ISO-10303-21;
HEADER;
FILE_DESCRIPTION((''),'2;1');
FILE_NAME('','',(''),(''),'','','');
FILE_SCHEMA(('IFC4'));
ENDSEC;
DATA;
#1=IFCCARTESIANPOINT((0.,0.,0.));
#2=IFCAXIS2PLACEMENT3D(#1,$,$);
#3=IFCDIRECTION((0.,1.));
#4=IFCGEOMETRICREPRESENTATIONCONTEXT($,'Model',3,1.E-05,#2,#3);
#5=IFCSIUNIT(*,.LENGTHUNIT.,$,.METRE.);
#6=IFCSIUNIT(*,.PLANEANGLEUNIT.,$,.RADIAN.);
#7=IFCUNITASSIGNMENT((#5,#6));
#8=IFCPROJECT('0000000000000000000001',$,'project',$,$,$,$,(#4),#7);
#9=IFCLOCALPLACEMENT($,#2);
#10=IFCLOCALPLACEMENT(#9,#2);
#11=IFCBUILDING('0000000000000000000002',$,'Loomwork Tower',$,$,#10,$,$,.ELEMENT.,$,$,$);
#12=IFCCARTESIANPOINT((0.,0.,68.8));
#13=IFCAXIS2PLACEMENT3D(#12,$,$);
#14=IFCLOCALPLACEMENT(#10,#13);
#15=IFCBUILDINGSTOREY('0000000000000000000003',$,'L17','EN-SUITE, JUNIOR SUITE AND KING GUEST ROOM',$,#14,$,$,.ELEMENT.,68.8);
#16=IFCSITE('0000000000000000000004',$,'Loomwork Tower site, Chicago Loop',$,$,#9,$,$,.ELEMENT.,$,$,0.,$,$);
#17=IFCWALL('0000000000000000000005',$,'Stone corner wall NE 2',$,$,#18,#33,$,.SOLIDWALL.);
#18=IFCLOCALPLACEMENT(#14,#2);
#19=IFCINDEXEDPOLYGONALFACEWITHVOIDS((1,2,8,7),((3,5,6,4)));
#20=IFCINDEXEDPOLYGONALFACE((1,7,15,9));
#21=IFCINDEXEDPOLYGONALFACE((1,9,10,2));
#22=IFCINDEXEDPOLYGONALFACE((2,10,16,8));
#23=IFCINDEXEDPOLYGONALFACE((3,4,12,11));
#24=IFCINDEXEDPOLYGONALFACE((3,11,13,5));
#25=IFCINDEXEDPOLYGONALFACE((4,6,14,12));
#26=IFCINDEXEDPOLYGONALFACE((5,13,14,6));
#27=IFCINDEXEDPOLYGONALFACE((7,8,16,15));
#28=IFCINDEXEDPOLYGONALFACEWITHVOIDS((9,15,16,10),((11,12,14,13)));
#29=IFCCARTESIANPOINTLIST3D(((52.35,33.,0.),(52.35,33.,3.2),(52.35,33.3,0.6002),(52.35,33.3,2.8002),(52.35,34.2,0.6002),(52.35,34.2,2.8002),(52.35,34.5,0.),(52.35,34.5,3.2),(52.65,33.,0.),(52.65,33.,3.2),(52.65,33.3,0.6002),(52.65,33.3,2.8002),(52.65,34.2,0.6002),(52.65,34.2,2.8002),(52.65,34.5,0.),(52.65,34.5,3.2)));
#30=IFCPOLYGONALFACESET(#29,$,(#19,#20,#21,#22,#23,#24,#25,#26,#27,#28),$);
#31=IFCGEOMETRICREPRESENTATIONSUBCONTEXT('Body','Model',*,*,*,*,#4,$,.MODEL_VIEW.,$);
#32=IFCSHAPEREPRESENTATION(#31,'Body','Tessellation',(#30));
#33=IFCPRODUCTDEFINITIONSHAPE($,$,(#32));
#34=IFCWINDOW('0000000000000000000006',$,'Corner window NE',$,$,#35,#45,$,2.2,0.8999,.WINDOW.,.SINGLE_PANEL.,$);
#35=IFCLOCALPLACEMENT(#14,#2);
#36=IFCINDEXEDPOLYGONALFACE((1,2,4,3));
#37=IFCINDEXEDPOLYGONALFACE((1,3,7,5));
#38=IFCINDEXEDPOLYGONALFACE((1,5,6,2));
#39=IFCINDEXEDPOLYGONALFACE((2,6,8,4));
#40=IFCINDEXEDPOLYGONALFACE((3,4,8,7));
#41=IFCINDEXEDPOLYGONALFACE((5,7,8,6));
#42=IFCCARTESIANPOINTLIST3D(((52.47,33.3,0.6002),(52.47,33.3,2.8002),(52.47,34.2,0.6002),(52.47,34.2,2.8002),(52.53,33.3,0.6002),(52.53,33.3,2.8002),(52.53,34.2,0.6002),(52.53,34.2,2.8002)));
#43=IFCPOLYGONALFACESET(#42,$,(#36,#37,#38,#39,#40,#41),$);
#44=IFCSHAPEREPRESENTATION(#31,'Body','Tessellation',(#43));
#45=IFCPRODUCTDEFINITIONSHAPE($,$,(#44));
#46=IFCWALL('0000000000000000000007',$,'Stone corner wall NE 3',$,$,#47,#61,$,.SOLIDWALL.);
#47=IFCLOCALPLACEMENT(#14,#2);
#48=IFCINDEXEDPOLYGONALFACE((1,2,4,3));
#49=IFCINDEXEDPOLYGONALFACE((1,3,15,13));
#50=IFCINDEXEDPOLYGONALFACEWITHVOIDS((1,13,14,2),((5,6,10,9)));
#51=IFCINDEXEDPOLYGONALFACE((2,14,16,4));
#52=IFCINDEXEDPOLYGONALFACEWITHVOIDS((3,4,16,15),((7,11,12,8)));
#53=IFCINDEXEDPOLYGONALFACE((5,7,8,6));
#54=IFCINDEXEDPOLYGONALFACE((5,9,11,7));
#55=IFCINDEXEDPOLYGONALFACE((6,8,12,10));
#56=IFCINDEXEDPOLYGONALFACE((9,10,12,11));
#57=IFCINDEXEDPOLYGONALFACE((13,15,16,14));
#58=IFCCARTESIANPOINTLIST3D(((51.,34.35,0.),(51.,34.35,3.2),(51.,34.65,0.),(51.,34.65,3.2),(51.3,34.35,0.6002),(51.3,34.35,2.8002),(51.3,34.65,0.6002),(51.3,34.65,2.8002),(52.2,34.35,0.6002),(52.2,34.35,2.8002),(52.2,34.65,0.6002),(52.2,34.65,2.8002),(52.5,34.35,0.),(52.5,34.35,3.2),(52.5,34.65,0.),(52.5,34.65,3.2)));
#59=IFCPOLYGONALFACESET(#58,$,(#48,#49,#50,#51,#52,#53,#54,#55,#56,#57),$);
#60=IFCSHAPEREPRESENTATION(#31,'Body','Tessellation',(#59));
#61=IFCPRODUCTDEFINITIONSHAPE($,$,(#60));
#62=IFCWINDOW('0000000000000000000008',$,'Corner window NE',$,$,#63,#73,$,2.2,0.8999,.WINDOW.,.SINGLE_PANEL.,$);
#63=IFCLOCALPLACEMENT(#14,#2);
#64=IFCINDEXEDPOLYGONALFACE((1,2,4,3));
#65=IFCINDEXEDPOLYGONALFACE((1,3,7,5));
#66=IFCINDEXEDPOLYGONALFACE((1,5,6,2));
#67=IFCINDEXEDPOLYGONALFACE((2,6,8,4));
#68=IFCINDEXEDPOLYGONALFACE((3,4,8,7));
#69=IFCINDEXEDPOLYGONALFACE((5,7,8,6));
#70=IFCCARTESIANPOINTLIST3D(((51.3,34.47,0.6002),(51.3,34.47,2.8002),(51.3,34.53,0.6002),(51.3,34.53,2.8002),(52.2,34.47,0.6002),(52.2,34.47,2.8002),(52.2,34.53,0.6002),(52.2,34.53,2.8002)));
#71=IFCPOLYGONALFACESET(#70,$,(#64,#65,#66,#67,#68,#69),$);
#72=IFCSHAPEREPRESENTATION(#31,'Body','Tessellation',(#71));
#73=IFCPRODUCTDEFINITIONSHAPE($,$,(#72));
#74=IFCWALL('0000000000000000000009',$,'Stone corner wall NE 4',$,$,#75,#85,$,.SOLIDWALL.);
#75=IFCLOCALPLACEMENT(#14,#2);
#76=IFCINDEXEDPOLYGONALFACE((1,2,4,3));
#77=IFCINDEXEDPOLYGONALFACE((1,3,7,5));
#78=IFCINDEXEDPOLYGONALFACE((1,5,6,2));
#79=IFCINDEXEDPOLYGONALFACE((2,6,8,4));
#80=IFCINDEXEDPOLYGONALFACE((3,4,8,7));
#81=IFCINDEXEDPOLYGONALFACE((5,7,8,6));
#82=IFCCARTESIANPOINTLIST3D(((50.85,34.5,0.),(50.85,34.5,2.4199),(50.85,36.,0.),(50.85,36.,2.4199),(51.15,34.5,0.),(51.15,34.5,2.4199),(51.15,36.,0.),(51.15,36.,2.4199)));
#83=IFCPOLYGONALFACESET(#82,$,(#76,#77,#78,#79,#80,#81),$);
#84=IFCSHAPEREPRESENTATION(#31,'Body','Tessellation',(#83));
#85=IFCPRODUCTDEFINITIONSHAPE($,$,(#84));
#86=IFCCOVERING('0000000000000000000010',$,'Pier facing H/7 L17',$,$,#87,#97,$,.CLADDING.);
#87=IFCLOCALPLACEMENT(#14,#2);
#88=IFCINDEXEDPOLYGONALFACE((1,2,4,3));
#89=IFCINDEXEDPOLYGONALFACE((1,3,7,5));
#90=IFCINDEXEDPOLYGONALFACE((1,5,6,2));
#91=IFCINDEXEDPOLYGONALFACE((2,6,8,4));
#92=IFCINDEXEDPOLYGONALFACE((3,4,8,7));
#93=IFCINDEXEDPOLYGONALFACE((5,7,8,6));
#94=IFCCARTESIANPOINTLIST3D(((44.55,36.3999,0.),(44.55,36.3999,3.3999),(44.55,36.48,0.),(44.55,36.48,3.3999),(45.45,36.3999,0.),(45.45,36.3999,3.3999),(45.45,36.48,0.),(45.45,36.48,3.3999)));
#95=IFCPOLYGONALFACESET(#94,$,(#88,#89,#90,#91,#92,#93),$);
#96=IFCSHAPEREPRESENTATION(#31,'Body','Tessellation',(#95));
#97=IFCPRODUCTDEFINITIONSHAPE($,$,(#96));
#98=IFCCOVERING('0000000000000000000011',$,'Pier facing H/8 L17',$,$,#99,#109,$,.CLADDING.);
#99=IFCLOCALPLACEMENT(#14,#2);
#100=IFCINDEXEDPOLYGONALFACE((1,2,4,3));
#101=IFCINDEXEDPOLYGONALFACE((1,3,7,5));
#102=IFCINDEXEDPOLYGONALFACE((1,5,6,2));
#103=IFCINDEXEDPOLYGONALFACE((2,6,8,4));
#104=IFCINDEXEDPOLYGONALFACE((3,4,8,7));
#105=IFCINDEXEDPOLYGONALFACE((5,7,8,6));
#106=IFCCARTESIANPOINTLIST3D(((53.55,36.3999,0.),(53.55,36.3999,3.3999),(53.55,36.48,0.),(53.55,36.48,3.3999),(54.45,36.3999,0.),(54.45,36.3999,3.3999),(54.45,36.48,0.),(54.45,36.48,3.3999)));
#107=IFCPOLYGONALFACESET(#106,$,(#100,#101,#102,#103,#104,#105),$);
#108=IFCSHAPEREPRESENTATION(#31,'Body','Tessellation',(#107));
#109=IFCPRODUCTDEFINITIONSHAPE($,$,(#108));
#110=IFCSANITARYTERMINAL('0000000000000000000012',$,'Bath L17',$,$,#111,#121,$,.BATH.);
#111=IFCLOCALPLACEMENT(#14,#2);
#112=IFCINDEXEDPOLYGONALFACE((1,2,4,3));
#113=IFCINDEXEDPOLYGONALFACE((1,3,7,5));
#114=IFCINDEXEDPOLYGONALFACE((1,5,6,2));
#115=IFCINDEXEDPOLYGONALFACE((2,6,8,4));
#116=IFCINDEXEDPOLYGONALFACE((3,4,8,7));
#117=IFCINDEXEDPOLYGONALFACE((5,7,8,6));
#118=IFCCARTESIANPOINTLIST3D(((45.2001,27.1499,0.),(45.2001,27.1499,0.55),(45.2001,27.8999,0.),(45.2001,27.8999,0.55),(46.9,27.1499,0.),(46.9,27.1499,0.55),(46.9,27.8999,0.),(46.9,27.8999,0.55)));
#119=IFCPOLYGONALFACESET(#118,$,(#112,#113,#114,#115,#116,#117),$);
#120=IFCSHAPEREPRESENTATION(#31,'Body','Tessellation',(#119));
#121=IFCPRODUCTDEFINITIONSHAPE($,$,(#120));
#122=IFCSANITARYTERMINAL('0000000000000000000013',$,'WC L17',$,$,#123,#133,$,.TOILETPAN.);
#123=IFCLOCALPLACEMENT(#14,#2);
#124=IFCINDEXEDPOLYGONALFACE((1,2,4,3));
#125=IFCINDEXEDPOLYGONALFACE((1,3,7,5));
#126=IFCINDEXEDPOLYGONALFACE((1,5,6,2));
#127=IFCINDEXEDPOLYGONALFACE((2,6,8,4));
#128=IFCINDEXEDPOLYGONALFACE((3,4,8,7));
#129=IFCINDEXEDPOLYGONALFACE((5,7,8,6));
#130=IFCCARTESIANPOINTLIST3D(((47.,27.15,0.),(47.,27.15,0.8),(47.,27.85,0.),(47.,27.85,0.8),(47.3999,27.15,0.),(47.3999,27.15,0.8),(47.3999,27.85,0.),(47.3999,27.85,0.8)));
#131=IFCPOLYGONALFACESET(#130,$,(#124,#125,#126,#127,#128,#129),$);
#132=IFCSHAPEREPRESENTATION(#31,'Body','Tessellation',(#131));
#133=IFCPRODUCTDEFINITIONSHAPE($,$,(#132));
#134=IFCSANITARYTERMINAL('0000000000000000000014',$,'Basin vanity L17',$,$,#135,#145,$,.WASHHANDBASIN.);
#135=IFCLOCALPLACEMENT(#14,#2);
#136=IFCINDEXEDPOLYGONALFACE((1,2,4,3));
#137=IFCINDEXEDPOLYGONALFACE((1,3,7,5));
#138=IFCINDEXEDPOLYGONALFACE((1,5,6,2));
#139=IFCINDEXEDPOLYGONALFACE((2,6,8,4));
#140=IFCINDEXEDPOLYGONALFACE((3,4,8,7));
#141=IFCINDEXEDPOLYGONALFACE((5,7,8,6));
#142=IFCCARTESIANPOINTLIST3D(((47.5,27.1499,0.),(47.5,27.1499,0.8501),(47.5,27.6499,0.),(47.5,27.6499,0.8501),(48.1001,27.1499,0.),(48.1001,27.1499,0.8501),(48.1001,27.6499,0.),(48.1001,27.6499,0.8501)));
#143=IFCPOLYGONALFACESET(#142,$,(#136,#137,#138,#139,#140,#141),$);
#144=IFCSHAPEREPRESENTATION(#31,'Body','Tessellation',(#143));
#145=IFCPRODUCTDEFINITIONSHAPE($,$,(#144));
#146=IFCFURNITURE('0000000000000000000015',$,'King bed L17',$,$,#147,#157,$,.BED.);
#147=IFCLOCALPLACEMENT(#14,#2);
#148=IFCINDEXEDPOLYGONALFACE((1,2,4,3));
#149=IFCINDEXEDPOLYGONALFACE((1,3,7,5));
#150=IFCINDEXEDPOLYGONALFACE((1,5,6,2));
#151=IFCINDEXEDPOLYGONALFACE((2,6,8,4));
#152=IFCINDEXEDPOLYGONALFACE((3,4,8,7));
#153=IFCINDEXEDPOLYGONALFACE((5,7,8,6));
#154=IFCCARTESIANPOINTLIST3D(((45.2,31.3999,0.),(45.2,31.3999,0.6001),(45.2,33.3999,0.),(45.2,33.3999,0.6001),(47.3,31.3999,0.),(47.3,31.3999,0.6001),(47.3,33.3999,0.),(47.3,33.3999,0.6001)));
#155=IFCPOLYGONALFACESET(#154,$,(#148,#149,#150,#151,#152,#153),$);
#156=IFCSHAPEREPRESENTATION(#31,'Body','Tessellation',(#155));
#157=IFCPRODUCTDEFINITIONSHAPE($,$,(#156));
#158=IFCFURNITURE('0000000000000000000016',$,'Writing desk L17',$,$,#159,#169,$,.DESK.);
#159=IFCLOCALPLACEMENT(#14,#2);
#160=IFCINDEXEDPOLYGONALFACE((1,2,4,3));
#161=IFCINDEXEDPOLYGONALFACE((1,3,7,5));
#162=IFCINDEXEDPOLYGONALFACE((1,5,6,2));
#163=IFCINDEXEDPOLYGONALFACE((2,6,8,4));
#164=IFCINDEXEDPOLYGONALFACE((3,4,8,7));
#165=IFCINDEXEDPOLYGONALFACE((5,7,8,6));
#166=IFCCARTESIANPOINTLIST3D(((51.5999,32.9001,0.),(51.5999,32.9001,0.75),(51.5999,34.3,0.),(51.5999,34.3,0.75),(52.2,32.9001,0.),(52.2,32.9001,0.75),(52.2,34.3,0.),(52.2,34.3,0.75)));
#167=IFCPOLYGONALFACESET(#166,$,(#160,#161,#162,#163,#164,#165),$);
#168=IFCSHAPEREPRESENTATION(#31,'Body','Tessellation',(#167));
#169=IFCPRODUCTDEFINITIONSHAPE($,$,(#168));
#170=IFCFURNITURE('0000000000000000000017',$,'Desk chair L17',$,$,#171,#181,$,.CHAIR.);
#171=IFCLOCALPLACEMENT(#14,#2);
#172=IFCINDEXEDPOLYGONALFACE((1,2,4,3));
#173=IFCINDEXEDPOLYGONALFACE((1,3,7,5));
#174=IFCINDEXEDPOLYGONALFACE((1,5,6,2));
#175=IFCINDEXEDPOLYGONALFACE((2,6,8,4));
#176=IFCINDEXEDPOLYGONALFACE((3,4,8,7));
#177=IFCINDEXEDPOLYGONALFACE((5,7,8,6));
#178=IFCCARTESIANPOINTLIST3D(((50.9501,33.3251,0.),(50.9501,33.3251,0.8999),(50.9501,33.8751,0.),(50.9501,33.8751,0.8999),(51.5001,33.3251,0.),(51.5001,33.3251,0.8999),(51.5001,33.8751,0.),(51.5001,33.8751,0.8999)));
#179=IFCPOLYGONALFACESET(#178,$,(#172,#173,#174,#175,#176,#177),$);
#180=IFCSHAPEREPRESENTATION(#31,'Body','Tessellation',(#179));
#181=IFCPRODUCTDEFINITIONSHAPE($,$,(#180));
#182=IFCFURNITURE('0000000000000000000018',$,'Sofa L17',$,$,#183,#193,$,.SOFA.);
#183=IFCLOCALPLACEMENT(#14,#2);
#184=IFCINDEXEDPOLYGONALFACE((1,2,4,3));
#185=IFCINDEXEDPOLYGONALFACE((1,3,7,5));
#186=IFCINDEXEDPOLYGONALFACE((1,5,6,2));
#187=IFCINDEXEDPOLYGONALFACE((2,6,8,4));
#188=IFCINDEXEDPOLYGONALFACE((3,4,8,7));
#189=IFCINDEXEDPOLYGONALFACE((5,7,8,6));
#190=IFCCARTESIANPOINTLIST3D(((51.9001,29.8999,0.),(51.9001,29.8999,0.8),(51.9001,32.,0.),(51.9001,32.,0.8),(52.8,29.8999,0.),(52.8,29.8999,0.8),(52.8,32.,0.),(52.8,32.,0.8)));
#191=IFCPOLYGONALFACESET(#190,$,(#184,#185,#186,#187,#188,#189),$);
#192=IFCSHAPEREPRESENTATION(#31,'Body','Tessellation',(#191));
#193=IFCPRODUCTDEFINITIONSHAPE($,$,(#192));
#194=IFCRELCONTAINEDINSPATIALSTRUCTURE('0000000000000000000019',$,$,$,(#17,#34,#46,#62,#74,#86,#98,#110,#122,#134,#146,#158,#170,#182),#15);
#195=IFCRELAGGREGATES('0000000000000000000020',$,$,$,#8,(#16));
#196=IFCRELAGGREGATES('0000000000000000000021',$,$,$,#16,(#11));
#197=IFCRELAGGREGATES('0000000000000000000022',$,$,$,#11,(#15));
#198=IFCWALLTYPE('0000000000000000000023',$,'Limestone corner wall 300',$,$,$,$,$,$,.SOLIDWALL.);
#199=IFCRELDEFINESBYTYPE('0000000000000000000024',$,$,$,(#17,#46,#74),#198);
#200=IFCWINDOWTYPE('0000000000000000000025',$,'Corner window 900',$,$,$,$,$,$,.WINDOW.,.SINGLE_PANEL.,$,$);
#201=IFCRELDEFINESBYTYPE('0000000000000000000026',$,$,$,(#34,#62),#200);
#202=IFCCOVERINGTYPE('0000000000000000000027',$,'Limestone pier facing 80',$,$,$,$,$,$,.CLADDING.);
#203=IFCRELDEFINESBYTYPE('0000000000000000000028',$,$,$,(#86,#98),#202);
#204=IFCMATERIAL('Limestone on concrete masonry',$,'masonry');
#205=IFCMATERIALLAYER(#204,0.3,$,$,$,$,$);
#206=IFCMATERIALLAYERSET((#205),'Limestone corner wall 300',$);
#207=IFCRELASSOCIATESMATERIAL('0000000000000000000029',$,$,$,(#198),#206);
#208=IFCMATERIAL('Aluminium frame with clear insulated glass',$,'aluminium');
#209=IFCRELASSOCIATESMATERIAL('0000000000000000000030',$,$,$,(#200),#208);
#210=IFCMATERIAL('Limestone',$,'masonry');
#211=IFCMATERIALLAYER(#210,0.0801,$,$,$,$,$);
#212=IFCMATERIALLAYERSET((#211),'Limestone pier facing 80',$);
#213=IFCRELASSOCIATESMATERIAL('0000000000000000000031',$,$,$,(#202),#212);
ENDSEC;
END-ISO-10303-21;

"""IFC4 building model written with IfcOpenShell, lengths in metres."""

from ifc_helpers import new_model, si_unit, direction, frame, frame_2d, origin, origin_2d, place, context, subcontext, project, spatial, rectangle, extrude, material, layer, layer_set, type_object, element, fill, save


model = new_model("IFC4")

# Units and contexts
model_context = context("Model", 3, precision=1e-05, world=origin(), true_north=direction((0.0, 1.0)))
body_context = subcontext(model_context, "Body", "Model", "MODEL_VIEW")
ifc_project = project(units=[si_unit("LENGTHUNIT", "METRE"), si_unit("PLANEANGLEUNIT", "RADIAN")], contexts=[model_context])

# Site, building, storey
site_placement = place(None, origin())
site = spatial("IfcSite", under=ifc_project, at=site_placement, Name="Loomwork Tower site, Chicago Loop", CompositionType="ELEMENT", RefElevation=0.0)
building_placement = place(site_placement, origin())
building = spatial("IfcBuilding", under=site, at=building_placement, Name="Loomwork Tower", CompositionType="ELEMENT")
storey_placement = place(building_placement, frame((0.0, 0.0, 68.8)))
storey = spatial("IfcBuildingStorey", under=building, at=storey_placement, Name="L17", Description="EN-SUITE, JUNIOR SUITE AND KING GUEST ROOM", CompositionType="ELEMENT", Elevation=68.8)

# Shared definitions
ifc_material_1 = material(Name="Limestone on concrete masonry", Category="masonry")
ifc_layer_1 = layer(ifc_material_1, 0.3)
ifc_layer_set_1 = layer_set([ifc_layer_1], Name="Limestone corner wall 300")
wall_type_1 = type_object("IfcWallType", Name="Limestone corner wall 300", PredefinedType="SOLIDWALL", material=ifc_layer_set_1)

# Walls, openings, windows
wall_1_placement = place(storey_placement, frame((52.5, 33.0, 0.0), z_axis=(0.0, 0.0, 1.0), x_axis=(0.0, 1.0, 0.0)))
wall_1 = element("IfcWall", 1, at=wall_1_placement, inside=storey, type_object=wall_type_1, Name="Stone corner wall NE 2", PredefinedType="SOLIDWALL", context=body_context, shape_type="SweptSolid", body=[
    extrude(rectangle(XDim=1.5, YDim=0.3, at=frame_2d((0.75, 0.0))), origin(), (0.0, 0.0, 1.0), 3.2),
])
opening_1_placement = place(wall_1_placement, frame((0.3, 0.0, 0.6001)))
opening_1 = element("IfcOpeningElement", 2, at=opening_1_placement, cuts=wall_1, PredefinedType="OPENING", context=body_context, shape_type="SweptSolid", body=[
    extrude(rectangle(XDim=0.8999, YDim=2.2, at=frame_2d((0.45, 1.1001))), frame((0.0, 0.1599, 0.0), z_axis=(0.0, -1.0, 0.0), x_axis=(1.0, 0.0, 0.0)), (0.0, 0.0, 1.0), 0.3201),
])
ifc_material_2 = material(Name="Aluminium frame with clear insulated glass", Category="aluminium")
window_type_1 = type_object("IfcWindowType", Name="Corner window 900", PartitioningType="SINGLE_PANEL", PredefinedType="WINDOW", material=ifc_material_2)
window_1_placement = place(opening_1_placement, origin())
window_1 = element("IfcWindow", 3, at=window_1_placement, inside=storey, type_object=window_type_1, Name="Corner window NE", OverallHeight=2.2, OverallWidth=0.8999, PartitioningType="SINGLE_PANEL", PredefinedType="WINDOW", context=body_context, shape_type="SweptSolid", body=[
    extrude(rectangle(XDim=0.8999, YDim=2.2, at=frame_2d((0.45, 1.1001))), frame((0.0, 0.03, 0.0), z_axis=(0.0, -1.0, 0.0), x_axis=(1.0, 0.0, 0.0)), (0.0, 0.0, 1.0), 0.0601),
])
fill(opening_1, window_1)
wall_2_placement = place(storey_placement, frame((52.5, 34.5, 0.0), z_axis=(0.0, 0.0, 1.0), x_axis=(-1.0, 0.0, 0.0)))
wall_2 = element("IfcWall", 4, at=wall_2_placement, inside=storey, type_object=wall_type_1, Name="Stone corner wall NE 3", PredefinedType="SOLIDWALL", context=body_context, shape_type="SweptSolid", body=[
    extrude(rectangle(XDim=1.5, YDim=0.3, at=frame_2d((0.75, 0.0))), origin(), (0.0, 0.0, 1.0), 3.2),
])
opening_2_placement = place(wall_2_placement, frame((0.3, 0.0, 0.6001)))
opening_2 = element("IfcOpeningElement", 5, at=opening_2_placement, cuts=wall_2, PredefinedType="OPENING", context=body_context, shape_type="SweptSolid", body=[
    extrude(rectangle(XDim=0.8999, YDim=2.2, at=frame_2d((0.45, 1.1001))), frame((0.0, 0.1599, 0.0), z_axis=(0.0, -1.0, 0.0), x_axis=(1.0, 0.0, 0.0)), (0.0, 0.0, 1.0), 0.3201),
])
window_2_placement = place(opening_2_placement, origin())
window_2 = element("IfcWindow", 6, at=window_2_placement, inside=storey, type_object=window_type_1, Name="Corner window NE", OverallHeight=2.2, OverallWidth=0.8999, PartitioningType="SINGLE_PANEL", PredefinedType="WINDOW", context=body_context, shape_type="SweptSolid", body=[
    extrude(rectangle(XDim=0.8999, YDim=2.2, at=frame_2d((0.45, 1.1001))), frame((0.0, 0.03, 0.0), z_axis=(0.0, -1.0, 0.0), x_axis=(1.0, 0.0, 0.0)), (0.0, 0.0, 1.0), 0.0601),
])
fill(opening_2, window_2)

# Wall
wall_3_placement = place(storey_placement, frame((51.0, 34.5, 0.0), z_axis=(0.0, 0.0, 1.0), x_axis=(0.0, 1.0, 0.0)))
element("IfcWall", 7, at=wall_3_placement, inside=storey, type_object=wall_type_1, Name="Stone corner wall NE 4", PredefinedType="SOLIDWALL", context=body_context, shape_type="SweptSolid", body=[
    extrude(rectangle(XDim=1.5, YDim=0.3, at=frame_2d((0.75, 0.0))), origin(), (0.0, 0.0, 1.0), 2.4199),
])

# Coverings
ifc_material_3 = material(Name="Limestone", Category="masonry")
ifc_layer_2 = layer(ifc_material_3, 0.0801)
ifc_layer_set_2 = layer_set([ifc_layer_2], Name="Limestone pier facing 80")
covering_type = type_object("IfcCoveringType", Name="Limestone pier facing 80", PredefinedType="CLADDING", material=ifc_layer_set_2)
for number, where, z_axis, x_axis, name in (
    (8, (45.0, 36.4399, 0.0), (0.0, 0.0, 1.0), (1.0, 0.0, 0.0), "Pier facing H/7 L17"),
    (9, (54.0, 36.4399, 0.0), (0.0, 0.0, 1.0), (1.0, 0.0, 0.0), "Pier facing H/8 L17"),
):
    element("IfcCovering", number, at=place(storey_placement, frame(where, z_axis=z_axis, x_axis=x_axis)), inside=storey, type_object=covering_type, Name=name, PredefinedType="CLADDING", context=body_context, shape_type="SweptSolid", body=[
        extrude(rectangle(XDim=0.8999, YDim=0.0801, at=origin_2d()), origin(), (0.0, 0.0, 1.0), 3.3999),
    ])

# Sanitary terminals
sanitary_terminal_1_placement = place(storey_placement, frame((46.05, 27.5249, 0.0), z_axis=(0.0, 0.0, 1.0), x_axis=(1.0, 0.0, 0.0)))
element("IfcSanitaryTerminal", 10, at=sanitary_terminal_1_placement, inside=storey, Name="Bath L17", PredefinedType="BATH", context=body_context, shape_type="SweptSolid", body=[
    extrude(rectangle(XDim=1.7, YDim=0.75, at=origin_2d()), origin(), (0.0, 0.0, 1.0), 0.55),
])
sanitary_terminal_2_placement = place(storey_placement, frame((47.2, 27.5, 0.0), z_axis=(0.0, 0.0, 1.0), x_axis=(1.0, 0.0, 0.0)))
element("IfcSanitaryTerminal", 11, at=sanitary_terminal_2_placement, inside=storey, Name="WC L17", PredefinedType="TOILETPAN", context=body_context, shape_type="SweptSolid", body=[
    extrude(rectangle(XDim=0.3999, YDim=0.7, at=origin_2d()), origin(), (0.0, 0.0, 1.0), 0.8),
])
sanitary_terminal_3_placement = place(storey_placement, frame((47.8, 27.3999, 0.0), z_axis=(0.0, 0.0, 1.0), x_axis=(1.0, 0.0, 0.0)))
element("IfcSanitaryTerminal", 12, at=sanitary_terminal_3_placement, inside=storey, Name="Basin vanity L17", PredefinedType="WASHHANDBASIN", context=body_context, shape_type="SweptSolid", body=[
    extrude(rectangle(XDim=0.6001, YDim=0.5, at=origin_2d()), origin(), (0.0, 0.0, 1.0), 0.8501),
])

# Furniture
furniture_1_placement = place(storey_placement, frame((46.25, 32.3999, 0.0), z_axis=(0.0, 0.0, 1.0), x_axis=(1.0, 0.0, 0.0)))
element("IfcFurniture", 13, at=furniture_1_placement, inside=storey, Name="King bed L17", PredefinedType="BED", context=body_context, shape_type="SweptSolid", body=[
    extrude(rectangle(XDim=2.1001, YDim=2.0, at=origin_2d()), origin(), (0.0, 0.0, 1.0), 0.6001),
])
furniture_2_placement = place(storey_placement, frame((51.8999, 33.6001, 0.0), z_axis=(0.0, 0.0, 1.0), x_axis=(1.0, 0.0, 0.0)))
element("IfcFurniture", 14, at=furniture_2_placement, inside=storey, Name="Writing desk L17", PredefinedType="DESK", context=body_context, shape_type="SweptSolid", body=[
    extrude(rectangle(XDim=0.6001, YDim=1.3999, at=origin_2d()), origin(), (0.0, 0.0, 1.0), 0.75),
])
furniture_3_placement = place(storey_placement, frame((51.2251, 33.6001, 0.0), z_axis=(0.0, 0.0, 1.0), x_axis=(1.0, 0.0, 0.0)))
element("IfcFurniture", 15, at=furniture_3_placement, inside=storey, Name="Desk chair L17", PredefinedType="CHAIR", context=body_context, shape_type="SweptSolid", body=[
    extrude(rectangle(XDim=0.55, YDim=0.55, at=origin_2d()), origin(), (0.0, 0.0, 1.0), 0.8999),
])
furniture_4_placement = place(storey_placement, frame((52.3501, 30.95, 0.0), z_axis=(0.0, 0.0, 1.0), x_axis=(1.0, 0.0, 0.0)))
element("IfcFurniture", 16, at=furniture_4_placement, inside=storey, Name="Sofa L17", PredefinedType="SOFA", context=body_context, shape_type="SweptSolid", body=[
    extrude(rectangle(XDim=0.8999, YDim=2.1001, at=origin_2d()), origin(), (0.0, 0.0, 1.0), 0.8),
])

save(model, "model.ifc")
